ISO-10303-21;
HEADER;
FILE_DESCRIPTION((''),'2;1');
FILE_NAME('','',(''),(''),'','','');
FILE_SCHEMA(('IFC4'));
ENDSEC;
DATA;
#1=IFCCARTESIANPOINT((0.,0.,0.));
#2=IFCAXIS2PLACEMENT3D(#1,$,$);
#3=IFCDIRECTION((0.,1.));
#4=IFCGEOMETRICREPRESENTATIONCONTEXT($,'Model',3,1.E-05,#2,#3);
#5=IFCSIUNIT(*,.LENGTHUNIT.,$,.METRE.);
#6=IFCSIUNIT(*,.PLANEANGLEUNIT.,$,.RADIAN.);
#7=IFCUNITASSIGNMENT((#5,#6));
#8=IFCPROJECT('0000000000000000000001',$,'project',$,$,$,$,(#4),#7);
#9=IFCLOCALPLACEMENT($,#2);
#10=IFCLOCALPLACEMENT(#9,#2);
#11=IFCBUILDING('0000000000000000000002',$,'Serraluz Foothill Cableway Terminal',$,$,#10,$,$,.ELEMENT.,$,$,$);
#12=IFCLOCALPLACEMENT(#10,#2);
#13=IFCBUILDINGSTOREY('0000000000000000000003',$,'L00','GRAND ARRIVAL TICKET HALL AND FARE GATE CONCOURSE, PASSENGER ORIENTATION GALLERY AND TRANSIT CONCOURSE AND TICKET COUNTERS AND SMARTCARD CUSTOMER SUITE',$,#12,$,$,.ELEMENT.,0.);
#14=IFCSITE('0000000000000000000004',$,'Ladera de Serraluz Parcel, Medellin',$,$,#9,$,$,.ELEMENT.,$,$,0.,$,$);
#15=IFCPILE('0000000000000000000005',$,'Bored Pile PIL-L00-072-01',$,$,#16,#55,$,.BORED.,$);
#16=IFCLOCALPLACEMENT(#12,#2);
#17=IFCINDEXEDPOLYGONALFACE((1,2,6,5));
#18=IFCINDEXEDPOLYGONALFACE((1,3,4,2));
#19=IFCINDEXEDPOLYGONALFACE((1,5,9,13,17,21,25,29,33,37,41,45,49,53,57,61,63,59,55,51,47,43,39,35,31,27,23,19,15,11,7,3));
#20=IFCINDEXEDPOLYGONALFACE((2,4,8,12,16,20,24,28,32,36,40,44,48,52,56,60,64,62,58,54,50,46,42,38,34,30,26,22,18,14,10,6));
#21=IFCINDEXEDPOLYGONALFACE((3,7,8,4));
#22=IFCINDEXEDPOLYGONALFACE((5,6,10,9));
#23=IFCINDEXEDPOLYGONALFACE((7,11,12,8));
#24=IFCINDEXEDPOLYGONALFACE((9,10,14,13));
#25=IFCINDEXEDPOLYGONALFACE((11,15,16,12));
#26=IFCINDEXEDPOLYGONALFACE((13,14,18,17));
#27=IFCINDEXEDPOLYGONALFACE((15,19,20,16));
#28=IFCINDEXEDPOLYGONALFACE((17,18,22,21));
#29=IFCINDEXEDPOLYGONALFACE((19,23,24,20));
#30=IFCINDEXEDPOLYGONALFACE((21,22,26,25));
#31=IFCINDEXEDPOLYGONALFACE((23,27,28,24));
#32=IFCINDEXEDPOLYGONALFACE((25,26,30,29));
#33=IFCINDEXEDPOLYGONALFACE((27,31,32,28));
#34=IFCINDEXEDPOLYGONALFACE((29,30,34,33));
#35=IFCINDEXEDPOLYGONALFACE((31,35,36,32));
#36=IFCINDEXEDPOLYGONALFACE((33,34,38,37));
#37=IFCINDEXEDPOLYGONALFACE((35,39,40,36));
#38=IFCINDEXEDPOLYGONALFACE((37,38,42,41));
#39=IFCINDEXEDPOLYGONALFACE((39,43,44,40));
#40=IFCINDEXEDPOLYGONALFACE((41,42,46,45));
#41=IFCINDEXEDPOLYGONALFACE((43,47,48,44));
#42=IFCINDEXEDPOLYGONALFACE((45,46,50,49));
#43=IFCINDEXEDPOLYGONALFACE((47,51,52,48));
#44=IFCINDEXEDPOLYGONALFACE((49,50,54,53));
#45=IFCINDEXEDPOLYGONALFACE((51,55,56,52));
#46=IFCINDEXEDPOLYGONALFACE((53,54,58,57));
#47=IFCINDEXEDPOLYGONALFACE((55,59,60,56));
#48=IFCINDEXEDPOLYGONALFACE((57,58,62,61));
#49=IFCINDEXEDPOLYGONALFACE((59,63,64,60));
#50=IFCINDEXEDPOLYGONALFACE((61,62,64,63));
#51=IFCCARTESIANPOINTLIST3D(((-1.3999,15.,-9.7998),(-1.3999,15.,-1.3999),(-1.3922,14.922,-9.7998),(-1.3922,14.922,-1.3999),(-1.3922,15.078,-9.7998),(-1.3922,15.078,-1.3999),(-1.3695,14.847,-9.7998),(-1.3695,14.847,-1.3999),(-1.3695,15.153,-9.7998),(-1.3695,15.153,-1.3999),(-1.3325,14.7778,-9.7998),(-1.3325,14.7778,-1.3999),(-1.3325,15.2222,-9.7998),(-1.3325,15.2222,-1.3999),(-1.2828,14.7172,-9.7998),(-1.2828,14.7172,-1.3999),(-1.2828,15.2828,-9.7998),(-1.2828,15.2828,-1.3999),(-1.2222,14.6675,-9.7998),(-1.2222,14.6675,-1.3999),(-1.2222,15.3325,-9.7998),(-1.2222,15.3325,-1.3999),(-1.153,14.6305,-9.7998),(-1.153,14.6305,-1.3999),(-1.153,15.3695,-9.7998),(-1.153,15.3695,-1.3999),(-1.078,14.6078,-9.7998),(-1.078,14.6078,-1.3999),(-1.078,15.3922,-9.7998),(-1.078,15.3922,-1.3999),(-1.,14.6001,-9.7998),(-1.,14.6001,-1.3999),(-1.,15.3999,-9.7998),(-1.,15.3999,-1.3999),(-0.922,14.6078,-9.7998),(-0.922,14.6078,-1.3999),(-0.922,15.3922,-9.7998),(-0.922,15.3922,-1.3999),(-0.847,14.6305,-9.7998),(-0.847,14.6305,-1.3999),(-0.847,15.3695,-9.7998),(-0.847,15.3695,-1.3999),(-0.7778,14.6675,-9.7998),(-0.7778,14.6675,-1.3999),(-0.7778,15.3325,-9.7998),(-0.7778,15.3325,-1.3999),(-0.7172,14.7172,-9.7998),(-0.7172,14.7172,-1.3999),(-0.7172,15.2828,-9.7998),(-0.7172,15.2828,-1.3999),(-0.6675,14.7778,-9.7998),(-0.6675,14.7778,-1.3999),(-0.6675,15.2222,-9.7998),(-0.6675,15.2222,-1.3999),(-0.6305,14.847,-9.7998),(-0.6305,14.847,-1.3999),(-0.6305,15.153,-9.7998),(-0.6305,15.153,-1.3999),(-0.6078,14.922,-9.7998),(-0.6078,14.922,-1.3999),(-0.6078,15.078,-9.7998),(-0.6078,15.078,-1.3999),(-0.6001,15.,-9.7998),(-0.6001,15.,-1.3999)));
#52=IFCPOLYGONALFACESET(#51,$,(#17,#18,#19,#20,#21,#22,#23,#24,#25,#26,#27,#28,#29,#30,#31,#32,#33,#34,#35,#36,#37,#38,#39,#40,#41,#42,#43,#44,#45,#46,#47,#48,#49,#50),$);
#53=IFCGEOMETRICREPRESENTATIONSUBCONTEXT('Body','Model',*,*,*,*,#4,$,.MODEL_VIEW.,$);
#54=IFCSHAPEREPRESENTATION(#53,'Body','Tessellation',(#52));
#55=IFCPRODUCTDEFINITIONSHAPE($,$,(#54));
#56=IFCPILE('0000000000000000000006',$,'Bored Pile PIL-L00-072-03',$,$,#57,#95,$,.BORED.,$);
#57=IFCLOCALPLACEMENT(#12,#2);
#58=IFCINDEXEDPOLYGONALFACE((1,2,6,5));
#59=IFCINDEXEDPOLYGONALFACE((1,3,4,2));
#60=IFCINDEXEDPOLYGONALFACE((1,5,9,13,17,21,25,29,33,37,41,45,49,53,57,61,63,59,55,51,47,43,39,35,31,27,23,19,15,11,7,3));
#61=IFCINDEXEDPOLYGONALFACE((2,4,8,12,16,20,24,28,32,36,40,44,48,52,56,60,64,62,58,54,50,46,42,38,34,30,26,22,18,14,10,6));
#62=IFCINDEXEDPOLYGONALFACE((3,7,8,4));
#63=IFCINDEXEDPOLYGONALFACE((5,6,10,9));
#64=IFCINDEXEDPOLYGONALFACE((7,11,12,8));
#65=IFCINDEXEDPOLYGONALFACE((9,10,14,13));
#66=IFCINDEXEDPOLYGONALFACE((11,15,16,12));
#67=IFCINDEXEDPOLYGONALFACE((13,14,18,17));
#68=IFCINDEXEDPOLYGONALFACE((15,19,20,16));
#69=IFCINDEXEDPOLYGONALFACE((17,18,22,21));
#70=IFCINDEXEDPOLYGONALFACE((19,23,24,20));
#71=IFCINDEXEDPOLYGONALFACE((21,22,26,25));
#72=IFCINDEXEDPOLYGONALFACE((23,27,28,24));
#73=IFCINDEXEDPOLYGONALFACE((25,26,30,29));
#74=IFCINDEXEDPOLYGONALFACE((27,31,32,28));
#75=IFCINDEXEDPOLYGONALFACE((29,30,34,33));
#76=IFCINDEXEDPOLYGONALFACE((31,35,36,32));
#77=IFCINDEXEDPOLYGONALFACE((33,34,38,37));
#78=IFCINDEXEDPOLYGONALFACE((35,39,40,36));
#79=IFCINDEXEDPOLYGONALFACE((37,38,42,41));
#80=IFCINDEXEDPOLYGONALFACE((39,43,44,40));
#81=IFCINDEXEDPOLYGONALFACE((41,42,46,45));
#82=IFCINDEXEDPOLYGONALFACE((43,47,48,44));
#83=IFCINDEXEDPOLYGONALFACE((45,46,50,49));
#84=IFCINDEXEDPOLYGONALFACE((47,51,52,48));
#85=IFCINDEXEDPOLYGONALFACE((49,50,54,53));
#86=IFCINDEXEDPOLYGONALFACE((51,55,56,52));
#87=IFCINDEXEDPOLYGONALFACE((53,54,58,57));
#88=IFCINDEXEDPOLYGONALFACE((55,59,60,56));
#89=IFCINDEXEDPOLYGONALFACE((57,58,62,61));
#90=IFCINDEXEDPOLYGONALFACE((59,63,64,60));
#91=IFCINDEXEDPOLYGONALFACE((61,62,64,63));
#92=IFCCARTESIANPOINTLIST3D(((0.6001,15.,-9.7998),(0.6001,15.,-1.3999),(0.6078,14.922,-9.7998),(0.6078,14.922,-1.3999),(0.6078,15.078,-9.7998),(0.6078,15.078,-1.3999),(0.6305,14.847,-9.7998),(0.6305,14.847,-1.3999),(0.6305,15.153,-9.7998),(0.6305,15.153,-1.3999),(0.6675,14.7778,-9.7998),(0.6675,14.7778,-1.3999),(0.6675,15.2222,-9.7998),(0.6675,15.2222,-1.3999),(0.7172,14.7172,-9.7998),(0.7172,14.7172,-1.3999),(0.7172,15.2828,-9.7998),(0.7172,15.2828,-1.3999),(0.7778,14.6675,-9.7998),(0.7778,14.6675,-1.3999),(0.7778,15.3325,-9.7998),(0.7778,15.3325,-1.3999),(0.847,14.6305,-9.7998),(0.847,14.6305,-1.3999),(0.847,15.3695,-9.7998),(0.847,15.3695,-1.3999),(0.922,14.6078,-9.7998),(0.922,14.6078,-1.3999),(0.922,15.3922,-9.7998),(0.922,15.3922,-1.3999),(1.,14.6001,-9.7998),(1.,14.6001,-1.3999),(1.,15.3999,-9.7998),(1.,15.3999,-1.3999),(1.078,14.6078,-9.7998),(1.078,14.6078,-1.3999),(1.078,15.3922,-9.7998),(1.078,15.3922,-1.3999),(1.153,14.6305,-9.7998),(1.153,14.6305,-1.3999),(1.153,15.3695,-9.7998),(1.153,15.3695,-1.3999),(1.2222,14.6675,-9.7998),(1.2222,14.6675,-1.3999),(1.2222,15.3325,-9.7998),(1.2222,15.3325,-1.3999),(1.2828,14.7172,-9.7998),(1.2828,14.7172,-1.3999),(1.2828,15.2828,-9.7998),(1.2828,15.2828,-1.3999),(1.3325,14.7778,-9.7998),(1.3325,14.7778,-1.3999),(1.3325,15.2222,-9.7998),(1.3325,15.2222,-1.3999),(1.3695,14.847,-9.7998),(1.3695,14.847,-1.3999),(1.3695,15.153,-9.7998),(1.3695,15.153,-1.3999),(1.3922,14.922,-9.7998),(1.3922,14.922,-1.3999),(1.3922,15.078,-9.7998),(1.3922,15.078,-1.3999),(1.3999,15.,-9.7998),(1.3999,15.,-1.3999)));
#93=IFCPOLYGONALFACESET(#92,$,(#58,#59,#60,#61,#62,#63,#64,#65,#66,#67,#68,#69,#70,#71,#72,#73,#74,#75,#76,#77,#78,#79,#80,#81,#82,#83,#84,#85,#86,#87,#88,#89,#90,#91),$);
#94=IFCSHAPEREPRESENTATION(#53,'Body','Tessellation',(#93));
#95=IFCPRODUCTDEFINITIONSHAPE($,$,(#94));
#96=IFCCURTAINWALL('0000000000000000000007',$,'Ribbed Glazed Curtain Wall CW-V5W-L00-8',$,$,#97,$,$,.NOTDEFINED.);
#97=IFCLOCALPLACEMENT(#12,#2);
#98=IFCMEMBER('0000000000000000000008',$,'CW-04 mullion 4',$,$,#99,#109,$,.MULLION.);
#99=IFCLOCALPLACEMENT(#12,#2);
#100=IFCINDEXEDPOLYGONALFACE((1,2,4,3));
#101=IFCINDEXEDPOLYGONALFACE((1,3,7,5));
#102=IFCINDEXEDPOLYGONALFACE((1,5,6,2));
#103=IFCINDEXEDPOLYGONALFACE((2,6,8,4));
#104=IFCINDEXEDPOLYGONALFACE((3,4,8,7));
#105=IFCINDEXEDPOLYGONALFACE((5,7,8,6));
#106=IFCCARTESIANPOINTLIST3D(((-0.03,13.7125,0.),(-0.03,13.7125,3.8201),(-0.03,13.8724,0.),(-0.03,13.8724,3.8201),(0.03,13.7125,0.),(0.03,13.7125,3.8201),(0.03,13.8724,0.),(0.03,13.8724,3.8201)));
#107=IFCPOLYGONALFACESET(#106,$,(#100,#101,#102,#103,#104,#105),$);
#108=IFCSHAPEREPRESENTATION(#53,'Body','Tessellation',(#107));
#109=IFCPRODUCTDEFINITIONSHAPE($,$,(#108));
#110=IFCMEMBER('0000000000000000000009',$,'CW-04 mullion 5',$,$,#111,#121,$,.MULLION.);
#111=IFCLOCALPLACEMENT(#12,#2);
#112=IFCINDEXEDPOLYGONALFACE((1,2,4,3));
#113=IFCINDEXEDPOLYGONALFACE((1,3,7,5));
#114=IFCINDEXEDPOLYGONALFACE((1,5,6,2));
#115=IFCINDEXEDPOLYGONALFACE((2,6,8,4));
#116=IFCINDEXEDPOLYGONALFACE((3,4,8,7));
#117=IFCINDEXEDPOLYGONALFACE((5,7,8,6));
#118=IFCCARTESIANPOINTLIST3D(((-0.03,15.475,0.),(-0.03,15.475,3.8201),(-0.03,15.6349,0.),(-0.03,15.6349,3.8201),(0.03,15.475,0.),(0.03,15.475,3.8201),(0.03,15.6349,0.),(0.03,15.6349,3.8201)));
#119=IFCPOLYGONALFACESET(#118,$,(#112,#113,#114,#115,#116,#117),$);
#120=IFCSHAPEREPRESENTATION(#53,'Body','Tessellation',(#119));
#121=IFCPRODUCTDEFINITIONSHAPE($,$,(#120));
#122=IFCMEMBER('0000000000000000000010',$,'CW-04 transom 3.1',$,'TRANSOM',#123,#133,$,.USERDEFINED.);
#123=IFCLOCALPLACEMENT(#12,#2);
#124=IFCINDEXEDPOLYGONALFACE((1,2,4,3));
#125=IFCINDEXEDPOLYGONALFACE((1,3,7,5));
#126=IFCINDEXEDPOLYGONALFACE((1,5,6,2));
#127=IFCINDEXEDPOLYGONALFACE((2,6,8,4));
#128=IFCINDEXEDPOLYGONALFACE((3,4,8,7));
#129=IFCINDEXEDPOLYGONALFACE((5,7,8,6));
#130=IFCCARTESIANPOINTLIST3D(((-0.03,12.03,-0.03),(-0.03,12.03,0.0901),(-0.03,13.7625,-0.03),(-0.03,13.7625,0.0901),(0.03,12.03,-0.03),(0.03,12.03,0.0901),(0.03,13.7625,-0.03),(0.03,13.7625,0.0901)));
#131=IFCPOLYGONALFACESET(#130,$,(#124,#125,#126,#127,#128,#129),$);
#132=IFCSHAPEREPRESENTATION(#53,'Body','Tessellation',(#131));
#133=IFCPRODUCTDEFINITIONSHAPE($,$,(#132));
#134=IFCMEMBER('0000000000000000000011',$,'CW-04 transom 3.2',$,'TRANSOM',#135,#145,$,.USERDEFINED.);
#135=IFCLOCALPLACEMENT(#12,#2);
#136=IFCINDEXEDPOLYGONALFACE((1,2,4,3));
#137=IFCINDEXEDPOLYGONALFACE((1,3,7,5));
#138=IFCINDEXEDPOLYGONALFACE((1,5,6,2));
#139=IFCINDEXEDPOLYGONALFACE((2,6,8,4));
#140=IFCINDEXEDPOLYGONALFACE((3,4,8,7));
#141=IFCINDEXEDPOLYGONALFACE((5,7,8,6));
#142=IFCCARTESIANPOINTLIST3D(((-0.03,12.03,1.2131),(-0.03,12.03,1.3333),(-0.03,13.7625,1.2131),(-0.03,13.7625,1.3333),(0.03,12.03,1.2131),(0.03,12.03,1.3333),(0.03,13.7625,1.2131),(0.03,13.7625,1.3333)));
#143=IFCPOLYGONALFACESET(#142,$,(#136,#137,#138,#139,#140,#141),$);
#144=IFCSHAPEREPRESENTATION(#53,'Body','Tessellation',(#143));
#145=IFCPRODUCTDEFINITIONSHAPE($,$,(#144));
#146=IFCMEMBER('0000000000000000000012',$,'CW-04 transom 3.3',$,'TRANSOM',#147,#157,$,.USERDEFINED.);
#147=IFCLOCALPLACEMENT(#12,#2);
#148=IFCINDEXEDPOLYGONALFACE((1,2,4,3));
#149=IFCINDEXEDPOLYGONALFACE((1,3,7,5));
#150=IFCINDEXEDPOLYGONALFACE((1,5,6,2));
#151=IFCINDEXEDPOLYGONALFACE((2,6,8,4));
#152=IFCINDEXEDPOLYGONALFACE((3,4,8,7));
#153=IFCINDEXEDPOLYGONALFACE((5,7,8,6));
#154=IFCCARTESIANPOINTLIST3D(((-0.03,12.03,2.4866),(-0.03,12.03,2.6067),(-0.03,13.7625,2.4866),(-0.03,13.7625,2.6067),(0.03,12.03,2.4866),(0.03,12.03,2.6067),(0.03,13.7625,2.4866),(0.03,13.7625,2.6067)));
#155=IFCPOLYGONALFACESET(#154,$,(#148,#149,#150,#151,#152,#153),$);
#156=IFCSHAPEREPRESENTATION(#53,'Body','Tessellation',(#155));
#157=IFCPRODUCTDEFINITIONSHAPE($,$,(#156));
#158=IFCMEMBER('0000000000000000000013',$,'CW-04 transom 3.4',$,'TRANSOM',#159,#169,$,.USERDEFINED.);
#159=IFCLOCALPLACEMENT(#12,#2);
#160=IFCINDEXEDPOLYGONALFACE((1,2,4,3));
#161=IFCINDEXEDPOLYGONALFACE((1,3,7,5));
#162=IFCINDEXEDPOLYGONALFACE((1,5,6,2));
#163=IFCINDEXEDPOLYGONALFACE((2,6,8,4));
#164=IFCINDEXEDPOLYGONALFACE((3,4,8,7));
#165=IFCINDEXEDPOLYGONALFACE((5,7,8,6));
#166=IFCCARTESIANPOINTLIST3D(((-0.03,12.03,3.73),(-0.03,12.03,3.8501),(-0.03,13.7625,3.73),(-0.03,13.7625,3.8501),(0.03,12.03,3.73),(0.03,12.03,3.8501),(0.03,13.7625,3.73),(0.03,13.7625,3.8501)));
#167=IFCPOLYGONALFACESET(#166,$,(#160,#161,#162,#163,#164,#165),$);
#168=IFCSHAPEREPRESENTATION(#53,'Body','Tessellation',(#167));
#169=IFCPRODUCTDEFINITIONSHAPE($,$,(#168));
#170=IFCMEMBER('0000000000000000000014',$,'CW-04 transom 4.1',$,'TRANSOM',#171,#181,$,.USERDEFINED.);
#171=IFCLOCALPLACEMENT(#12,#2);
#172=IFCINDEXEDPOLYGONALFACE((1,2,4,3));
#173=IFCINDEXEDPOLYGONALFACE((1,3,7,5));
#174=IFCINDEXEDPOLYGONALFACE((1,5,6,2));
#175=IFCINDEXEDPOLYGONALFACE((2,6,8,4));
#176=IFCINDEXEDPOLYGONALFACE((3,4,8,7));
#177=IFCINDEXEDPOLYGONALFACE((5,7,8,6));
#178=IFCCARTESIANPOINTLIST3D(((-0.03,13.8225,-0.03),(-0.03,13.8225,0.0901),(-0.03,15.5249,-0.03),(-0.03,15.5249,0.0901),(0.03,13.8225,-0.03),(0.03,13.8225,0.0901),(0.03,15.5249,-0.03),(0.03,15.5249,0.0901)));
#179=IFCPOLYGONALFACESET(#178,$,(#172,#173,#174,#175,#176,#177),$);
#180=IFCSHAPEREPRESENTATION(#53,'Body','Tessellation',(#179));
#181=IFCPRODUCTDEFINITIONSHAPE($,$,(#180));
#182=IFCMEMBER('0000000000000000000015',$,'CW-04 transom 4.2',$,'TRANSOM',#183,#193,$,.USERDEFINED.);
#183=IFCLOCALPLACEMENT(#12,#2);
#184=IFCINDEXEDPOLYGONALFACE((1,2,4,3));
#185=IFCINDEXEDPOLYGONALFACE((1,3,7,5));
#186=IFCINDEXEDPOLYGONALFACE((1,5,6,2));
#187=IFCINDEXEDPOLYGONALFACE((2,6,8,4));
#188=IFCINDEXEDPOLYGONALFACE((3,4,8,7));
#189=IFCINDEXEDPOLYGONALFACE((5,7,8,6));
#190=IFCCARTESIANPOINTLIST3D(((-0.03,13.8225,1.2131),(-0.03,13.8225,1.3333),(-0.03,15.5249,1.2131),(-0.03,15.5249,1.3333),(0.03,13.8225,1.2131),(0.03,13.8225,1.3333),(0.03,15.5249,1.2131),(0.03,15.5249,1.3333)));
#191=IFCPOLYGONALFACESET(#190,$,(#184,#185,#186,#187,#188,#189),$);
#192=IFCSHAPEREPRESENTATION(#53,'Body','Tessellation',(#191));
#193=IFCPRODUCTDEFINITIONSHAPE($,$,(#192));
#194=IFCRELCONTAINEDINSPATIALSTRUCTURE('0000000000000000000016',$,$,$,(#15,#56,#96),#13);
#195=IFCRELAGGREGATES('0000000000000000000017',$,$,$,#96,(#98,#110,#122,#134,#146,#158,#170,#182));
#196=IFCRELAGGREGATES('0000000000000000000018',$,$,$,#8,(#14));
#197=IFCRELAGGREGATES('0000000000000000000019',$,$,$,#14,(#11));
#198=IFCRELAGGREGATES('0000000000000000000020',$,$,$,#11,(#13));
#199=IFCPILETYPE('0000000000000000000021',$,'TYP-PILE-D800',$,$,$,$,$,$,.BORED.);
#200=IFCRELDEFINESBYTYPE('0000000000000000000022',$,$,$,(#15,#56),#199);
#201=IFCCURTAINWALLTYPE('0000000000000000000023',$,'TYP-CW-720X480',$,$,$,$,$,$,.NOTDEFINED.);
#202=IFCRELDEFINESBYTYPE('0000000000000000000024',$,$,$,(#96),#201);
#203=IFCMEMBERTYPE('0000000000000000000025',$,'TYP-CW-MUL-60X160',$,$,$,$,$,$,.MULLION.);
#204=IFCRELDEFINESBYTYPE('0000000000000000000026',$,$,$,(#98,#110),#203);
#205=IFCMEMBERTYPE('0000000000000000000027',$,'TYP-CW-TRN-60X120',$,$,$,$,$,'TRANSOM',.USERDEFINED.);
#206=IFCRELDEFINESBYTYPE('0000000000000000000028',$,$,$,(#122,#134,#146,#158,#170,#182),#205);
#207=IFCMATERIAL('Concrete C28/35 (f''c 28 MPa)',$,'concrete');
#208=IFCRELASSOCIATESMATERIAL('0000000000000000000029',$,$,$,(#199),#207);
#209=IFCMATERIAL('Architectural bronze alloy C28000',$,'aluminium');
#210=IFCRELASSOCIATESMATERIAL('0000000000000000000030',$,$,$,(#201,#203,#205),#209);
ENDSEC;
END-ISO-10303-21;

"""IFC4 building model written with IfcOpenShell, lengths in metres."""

from ifc_helpers import new_model, si_unit, direction, frame, origin, origin_2d, place, context, subcontext, project, spatial, rectangle, circle, extrude, material, material_profile, profile_set, type_object, element, aggregate, save


model = new_model("IFC4")

# Units and contexts
model_context = context("Model", 3, precision=1e-05, world=origin(), true_north=direction((0.0, 1.0)))
body_context = subcontext(model_context, "Body", "Model", "MODEL_VIEW")
ifc_project = project(units=[si_unit("LENGTHUNIT", "METRE"), si_unit("PLANEANGLEUNIT", "RADIAN")], contexts=[model_context])

# Site, building, storey
site_placement = place(None, origin())
site = spatial("IfcSite", under=ifc_project, at=site_placement, Name="Ladera de Serraluz Parcel, Medellin", CompositionType="ELEMENT", RefElevation=0.0)
building_placement = place(site_placement, origin())
building = spatial("IfcBuilding", under=site, at=building_placement, Name="Serraluz Foothill Cableway Terminal", CompositionType="ELEMENT")
storey_placement = place(building_placement, origin())
storey = spatial("IfcBuildingStorey", under=building, at=storey_placement, Name="L00", Description="GRAND ARRIVAL TICKET HALL AND FARE GATE CONCOURSE, PASSENGER ORIENTATION GALLERY AND TRANSIT CONCOURSE AND TICKET COUNTERS AND SMARTCARD CUSTOMER SUITE", CompositionType="ELEMENT", Elevation=0.0)

# Piles
ifc_material_1 = material(Name="Concrete C28/35 (f'c 28 MPa)", Category="concrete")
ifc_material_profile_1 = material_profile(ifc_material_1, circle(Radius=0.3999, at=origin_2d()), Name="BORED PILE D800")
ifc_profile_set_1 = profile_set([ifc_material_profile_1], Name="Concrete C28/35 (f'c 28 MPa)")
pile_type = type_object("IfcPileType", Name="TYP-PILE-D800", PredefinedType="BORED", material=ifc_profile_set_1)
for number, where, z_axis, x_axis, name in (
    (1, (-1.0, 15.0, -1.3999), (0.0, 0.0, -1.0), (1.0, 0.0, 0.0), "Bored Pile PIL-L00-072-01"),
    (2, (1.0, 15.0, -1.3999), (0.0, 0.0, -1.0), (1.0, 0.0, 0.0), "Bored Pile PIL-L00-072-03"),
):
    element("IfcPile", number, at=place(storey_placement, frame(where, z_axis=z_axis, x_axis=x_axis)), inside=storey, type_object=pile_type, Name=name, PredefinedType="BORED", context=body_context, shape_type="SweptSolid", body=[
        extrude(circle(Radius=0.3999, at=origin_2d()), origin(), (0.0, 0.0, 1.0), 8.3999),
    ])

# Curtain wall, members
ifc_material_2 = material(Name="Architectural bronze alloy C28000", Category="aluminium")
curtain_wall_type = type_object("IfcCurtainWallType", Name="TYP-CW-720X480", PredefinedType="NOTDEFINED", material=ifc_material_2)
curtain_wall_placement = place(storey_placement, origin())
curtain_wall = element("IfcCurtainWall", 3, at=curtain_wall_placement, inside=storey, type_object=curtain_wall_type, Name="Ribbed Glazed Curtain Wall CW-V5W-L00-8", PredefinedType="NOTDEFINED")
ifc_material_profile_2 = material_profile(ifc_material_2, rectangle(XDim=0.0601, YDim=0.1599, at=origin_2d()), Name="ALU MULLION 60x160")
ifc_profile_set_2 = profile_set([ifc_material_profile_2], Name="Architectural bronze alloy C28000")
member_type_1 = type_object("IfcMemberType", Name="TYP-CW-MUL-60X160", PredefinedType="MULLION", material=ifc_profile_set_2)
member_1_placement = place(storey_placement, frame((0.0, 13.7925, 0.0), z_axis=(0.0, 0.0, 1.0), x_axis=(-1.0, 0.0, 0.0)))
member_1 = element("IfcMember", 4, at=member_1_placement, type_object=member_type_1, Name="CW-04 mullion 4", PredefinedType="MULLION", context=body_context, shape_type="SweptSolid", body=[
    extrude(rectangle(XDim=0.0601, YDim=0.1599, at=origin_2d()), origin(), (0.0, 0.0, 1.0), 3.8201),
])
member_2_placement = place(storey_placement, frame((0.0, 15.5549, 0.0), z_axis=(0.0, 0.0, 1.0), x_axis=(-1.0, 0.0, 0.0)))
member_2 = element("IfcMember", 5, at=member_2_placement, type_object=member_type_1, Name="CW-04 mullion 5", PredefinedType="MULLION", context=body_context, shape_type="SweptSolid", body=[
    extrude(rectangle(XDim=0.0601, YDim=0.1599, at=origin_2d()), origin(), (0.0, 0.0, 1.0), 3.8201),
])
ifc_material_profile_3 = material_profile(ifc_material_2, rectangle(XDim=0.0601, YDim=0.1201, at=origin_2d()), Name="ALU TRANSOM 60x120")
ifc_profile_set_3 = profile_set([ifc_material_profile_3], Name="Architectural bronze alloy C28000")
member_type_2 = type_object("IfcMemberType", Name="TYP-CW-TRN-60X120", ElementType="TRANSOM", PredefinedType="USERDEFINED", material=ifc_profile_set_3)
member_3_placement = place(storey_placement, frame((0.0, 12.03, 0.03), z_axis=(0.0, 1.0, 0.0), x_axis=(-1.0, 0.0, 0.0)))
member_3 = element("IfcMember", 6, at=member_3_placement, type_object=member_type_2, Name="CW-04 transom 3.1", ObjectType="TRANSOM", PredefinedType="USERDEFINED", context=body_context, shape_type="SweptSolid", body=[
    extrude(rectangle(XDim=0.0601, YDim=0.1201, at=origin_2d()), origin(), (0.0, 0.0, 1.0), 1.7324),
])
member_4_placement = place(storey_placement, frame((0.0, 12.03, 1.2732), z_axis=(0.0, 1.0, 0.0), x_axis=(-1.0, 0.0, 0.0)))
member_4 = element("IfcMember", 7, at=member_4_placement, type_object=member_type_2, Name="CW-04 transom 3.2", ObjectType="TRANSOM", PredefinedType="USERDEFINED", context=body_context, shape_type="SweptSolid", body=[
    extrude(rectangle(XDim=0.0601, YDim=0.1201, at=origin_2d()), origin(), (0.0, 0.0, 1.0), 1.7324),
])
member_5_placement = place(storey_placement, frame((0.0, 12.03, 2.5466), z_axis=(0.0, 1.0, 0.0), x_axis=(-1.0, 0.0, 0.0)))
member_5 = element("IfcMember", 8, at=member_5_placement, type_object=member_type_2, Name="CW-04 transom 3.3", ObjectType="TRANSOM", PredefinedType="USERDEFINED", context=body_context, shape_type="SweptSolid", body=[
    extrude(rectangle(XDim=0.0601, YDim=0.1201, at=origin_2d()), origin(), (0.0, 0.0, 1.0), 1.7324),
])
member_6_placement = place(storey_placement, frame((0.0, 12.03, 3.79), z_axis=(0.0, 1.0, 0.0), x_axis=(-1.0, 0.0, 0.0)))
member_6 = element("IfcMember", 9, at=member_6_placement, type_object=member_type_2, Name="CW-04 transom 3.4", ObjectType="TRANSOM", PredefinedType="USERDEFINED", context=body_context, shape_type="SweptSolid", body=[
    extrude(rectangle(XDim=0.0601, YDim=0.1201, at=origin_2d()), origin(), (0.0, 0.0, 1.0), 1.7324),
])
member_7_placement = place(storey_placement, frame((0.0, 13.8225, 0.03), z_axis=(0.0, 1.0, 0.0), x_axis=(-1.0, 0.0, 0.0)))
member_7 = element("IfcMember", 10, at=member_7_placement, type_object=member_type_2, Name="CW-04 transom 4.1", ObjectType="TRANSOM", PredefinedType="USERDEFINED", context=body_context, shape_type="SweptSolid", body=[
    extrude(rectangle(XDim=0.0601, YDim=0.1201, at=origin_2d()), origin(), (0.0, 0.0, 1.0), 1.7024),
])
member_8_placement = place(storey_placement, frame((0.0, 13.8225, 1.2732), z_axis=(0.0, 1.0, 0.0), x_axis=(-1.0, 0.0, 0.0)))
member_8 = element("IfcMember", 11, at=member_8_placement, type_object=member_type_2, Name="CW-04 transom 4.2", ObjectType="TRANSOM", PredefinedType="USERDEFINED", context=body_context, shape_type="SweptSolid", body=[
    extrude(rectangle(XDim=0.0601, YDim=0.1201, at=origin_2d()), origin(), (0.0, 0.0, 1.0), 1.7024),
])

aggregate(curtain_wall, [member_1, member_2, member_3, member_4, member_5, member_6, member_7, member_8])

save(model, "model.ifc")
